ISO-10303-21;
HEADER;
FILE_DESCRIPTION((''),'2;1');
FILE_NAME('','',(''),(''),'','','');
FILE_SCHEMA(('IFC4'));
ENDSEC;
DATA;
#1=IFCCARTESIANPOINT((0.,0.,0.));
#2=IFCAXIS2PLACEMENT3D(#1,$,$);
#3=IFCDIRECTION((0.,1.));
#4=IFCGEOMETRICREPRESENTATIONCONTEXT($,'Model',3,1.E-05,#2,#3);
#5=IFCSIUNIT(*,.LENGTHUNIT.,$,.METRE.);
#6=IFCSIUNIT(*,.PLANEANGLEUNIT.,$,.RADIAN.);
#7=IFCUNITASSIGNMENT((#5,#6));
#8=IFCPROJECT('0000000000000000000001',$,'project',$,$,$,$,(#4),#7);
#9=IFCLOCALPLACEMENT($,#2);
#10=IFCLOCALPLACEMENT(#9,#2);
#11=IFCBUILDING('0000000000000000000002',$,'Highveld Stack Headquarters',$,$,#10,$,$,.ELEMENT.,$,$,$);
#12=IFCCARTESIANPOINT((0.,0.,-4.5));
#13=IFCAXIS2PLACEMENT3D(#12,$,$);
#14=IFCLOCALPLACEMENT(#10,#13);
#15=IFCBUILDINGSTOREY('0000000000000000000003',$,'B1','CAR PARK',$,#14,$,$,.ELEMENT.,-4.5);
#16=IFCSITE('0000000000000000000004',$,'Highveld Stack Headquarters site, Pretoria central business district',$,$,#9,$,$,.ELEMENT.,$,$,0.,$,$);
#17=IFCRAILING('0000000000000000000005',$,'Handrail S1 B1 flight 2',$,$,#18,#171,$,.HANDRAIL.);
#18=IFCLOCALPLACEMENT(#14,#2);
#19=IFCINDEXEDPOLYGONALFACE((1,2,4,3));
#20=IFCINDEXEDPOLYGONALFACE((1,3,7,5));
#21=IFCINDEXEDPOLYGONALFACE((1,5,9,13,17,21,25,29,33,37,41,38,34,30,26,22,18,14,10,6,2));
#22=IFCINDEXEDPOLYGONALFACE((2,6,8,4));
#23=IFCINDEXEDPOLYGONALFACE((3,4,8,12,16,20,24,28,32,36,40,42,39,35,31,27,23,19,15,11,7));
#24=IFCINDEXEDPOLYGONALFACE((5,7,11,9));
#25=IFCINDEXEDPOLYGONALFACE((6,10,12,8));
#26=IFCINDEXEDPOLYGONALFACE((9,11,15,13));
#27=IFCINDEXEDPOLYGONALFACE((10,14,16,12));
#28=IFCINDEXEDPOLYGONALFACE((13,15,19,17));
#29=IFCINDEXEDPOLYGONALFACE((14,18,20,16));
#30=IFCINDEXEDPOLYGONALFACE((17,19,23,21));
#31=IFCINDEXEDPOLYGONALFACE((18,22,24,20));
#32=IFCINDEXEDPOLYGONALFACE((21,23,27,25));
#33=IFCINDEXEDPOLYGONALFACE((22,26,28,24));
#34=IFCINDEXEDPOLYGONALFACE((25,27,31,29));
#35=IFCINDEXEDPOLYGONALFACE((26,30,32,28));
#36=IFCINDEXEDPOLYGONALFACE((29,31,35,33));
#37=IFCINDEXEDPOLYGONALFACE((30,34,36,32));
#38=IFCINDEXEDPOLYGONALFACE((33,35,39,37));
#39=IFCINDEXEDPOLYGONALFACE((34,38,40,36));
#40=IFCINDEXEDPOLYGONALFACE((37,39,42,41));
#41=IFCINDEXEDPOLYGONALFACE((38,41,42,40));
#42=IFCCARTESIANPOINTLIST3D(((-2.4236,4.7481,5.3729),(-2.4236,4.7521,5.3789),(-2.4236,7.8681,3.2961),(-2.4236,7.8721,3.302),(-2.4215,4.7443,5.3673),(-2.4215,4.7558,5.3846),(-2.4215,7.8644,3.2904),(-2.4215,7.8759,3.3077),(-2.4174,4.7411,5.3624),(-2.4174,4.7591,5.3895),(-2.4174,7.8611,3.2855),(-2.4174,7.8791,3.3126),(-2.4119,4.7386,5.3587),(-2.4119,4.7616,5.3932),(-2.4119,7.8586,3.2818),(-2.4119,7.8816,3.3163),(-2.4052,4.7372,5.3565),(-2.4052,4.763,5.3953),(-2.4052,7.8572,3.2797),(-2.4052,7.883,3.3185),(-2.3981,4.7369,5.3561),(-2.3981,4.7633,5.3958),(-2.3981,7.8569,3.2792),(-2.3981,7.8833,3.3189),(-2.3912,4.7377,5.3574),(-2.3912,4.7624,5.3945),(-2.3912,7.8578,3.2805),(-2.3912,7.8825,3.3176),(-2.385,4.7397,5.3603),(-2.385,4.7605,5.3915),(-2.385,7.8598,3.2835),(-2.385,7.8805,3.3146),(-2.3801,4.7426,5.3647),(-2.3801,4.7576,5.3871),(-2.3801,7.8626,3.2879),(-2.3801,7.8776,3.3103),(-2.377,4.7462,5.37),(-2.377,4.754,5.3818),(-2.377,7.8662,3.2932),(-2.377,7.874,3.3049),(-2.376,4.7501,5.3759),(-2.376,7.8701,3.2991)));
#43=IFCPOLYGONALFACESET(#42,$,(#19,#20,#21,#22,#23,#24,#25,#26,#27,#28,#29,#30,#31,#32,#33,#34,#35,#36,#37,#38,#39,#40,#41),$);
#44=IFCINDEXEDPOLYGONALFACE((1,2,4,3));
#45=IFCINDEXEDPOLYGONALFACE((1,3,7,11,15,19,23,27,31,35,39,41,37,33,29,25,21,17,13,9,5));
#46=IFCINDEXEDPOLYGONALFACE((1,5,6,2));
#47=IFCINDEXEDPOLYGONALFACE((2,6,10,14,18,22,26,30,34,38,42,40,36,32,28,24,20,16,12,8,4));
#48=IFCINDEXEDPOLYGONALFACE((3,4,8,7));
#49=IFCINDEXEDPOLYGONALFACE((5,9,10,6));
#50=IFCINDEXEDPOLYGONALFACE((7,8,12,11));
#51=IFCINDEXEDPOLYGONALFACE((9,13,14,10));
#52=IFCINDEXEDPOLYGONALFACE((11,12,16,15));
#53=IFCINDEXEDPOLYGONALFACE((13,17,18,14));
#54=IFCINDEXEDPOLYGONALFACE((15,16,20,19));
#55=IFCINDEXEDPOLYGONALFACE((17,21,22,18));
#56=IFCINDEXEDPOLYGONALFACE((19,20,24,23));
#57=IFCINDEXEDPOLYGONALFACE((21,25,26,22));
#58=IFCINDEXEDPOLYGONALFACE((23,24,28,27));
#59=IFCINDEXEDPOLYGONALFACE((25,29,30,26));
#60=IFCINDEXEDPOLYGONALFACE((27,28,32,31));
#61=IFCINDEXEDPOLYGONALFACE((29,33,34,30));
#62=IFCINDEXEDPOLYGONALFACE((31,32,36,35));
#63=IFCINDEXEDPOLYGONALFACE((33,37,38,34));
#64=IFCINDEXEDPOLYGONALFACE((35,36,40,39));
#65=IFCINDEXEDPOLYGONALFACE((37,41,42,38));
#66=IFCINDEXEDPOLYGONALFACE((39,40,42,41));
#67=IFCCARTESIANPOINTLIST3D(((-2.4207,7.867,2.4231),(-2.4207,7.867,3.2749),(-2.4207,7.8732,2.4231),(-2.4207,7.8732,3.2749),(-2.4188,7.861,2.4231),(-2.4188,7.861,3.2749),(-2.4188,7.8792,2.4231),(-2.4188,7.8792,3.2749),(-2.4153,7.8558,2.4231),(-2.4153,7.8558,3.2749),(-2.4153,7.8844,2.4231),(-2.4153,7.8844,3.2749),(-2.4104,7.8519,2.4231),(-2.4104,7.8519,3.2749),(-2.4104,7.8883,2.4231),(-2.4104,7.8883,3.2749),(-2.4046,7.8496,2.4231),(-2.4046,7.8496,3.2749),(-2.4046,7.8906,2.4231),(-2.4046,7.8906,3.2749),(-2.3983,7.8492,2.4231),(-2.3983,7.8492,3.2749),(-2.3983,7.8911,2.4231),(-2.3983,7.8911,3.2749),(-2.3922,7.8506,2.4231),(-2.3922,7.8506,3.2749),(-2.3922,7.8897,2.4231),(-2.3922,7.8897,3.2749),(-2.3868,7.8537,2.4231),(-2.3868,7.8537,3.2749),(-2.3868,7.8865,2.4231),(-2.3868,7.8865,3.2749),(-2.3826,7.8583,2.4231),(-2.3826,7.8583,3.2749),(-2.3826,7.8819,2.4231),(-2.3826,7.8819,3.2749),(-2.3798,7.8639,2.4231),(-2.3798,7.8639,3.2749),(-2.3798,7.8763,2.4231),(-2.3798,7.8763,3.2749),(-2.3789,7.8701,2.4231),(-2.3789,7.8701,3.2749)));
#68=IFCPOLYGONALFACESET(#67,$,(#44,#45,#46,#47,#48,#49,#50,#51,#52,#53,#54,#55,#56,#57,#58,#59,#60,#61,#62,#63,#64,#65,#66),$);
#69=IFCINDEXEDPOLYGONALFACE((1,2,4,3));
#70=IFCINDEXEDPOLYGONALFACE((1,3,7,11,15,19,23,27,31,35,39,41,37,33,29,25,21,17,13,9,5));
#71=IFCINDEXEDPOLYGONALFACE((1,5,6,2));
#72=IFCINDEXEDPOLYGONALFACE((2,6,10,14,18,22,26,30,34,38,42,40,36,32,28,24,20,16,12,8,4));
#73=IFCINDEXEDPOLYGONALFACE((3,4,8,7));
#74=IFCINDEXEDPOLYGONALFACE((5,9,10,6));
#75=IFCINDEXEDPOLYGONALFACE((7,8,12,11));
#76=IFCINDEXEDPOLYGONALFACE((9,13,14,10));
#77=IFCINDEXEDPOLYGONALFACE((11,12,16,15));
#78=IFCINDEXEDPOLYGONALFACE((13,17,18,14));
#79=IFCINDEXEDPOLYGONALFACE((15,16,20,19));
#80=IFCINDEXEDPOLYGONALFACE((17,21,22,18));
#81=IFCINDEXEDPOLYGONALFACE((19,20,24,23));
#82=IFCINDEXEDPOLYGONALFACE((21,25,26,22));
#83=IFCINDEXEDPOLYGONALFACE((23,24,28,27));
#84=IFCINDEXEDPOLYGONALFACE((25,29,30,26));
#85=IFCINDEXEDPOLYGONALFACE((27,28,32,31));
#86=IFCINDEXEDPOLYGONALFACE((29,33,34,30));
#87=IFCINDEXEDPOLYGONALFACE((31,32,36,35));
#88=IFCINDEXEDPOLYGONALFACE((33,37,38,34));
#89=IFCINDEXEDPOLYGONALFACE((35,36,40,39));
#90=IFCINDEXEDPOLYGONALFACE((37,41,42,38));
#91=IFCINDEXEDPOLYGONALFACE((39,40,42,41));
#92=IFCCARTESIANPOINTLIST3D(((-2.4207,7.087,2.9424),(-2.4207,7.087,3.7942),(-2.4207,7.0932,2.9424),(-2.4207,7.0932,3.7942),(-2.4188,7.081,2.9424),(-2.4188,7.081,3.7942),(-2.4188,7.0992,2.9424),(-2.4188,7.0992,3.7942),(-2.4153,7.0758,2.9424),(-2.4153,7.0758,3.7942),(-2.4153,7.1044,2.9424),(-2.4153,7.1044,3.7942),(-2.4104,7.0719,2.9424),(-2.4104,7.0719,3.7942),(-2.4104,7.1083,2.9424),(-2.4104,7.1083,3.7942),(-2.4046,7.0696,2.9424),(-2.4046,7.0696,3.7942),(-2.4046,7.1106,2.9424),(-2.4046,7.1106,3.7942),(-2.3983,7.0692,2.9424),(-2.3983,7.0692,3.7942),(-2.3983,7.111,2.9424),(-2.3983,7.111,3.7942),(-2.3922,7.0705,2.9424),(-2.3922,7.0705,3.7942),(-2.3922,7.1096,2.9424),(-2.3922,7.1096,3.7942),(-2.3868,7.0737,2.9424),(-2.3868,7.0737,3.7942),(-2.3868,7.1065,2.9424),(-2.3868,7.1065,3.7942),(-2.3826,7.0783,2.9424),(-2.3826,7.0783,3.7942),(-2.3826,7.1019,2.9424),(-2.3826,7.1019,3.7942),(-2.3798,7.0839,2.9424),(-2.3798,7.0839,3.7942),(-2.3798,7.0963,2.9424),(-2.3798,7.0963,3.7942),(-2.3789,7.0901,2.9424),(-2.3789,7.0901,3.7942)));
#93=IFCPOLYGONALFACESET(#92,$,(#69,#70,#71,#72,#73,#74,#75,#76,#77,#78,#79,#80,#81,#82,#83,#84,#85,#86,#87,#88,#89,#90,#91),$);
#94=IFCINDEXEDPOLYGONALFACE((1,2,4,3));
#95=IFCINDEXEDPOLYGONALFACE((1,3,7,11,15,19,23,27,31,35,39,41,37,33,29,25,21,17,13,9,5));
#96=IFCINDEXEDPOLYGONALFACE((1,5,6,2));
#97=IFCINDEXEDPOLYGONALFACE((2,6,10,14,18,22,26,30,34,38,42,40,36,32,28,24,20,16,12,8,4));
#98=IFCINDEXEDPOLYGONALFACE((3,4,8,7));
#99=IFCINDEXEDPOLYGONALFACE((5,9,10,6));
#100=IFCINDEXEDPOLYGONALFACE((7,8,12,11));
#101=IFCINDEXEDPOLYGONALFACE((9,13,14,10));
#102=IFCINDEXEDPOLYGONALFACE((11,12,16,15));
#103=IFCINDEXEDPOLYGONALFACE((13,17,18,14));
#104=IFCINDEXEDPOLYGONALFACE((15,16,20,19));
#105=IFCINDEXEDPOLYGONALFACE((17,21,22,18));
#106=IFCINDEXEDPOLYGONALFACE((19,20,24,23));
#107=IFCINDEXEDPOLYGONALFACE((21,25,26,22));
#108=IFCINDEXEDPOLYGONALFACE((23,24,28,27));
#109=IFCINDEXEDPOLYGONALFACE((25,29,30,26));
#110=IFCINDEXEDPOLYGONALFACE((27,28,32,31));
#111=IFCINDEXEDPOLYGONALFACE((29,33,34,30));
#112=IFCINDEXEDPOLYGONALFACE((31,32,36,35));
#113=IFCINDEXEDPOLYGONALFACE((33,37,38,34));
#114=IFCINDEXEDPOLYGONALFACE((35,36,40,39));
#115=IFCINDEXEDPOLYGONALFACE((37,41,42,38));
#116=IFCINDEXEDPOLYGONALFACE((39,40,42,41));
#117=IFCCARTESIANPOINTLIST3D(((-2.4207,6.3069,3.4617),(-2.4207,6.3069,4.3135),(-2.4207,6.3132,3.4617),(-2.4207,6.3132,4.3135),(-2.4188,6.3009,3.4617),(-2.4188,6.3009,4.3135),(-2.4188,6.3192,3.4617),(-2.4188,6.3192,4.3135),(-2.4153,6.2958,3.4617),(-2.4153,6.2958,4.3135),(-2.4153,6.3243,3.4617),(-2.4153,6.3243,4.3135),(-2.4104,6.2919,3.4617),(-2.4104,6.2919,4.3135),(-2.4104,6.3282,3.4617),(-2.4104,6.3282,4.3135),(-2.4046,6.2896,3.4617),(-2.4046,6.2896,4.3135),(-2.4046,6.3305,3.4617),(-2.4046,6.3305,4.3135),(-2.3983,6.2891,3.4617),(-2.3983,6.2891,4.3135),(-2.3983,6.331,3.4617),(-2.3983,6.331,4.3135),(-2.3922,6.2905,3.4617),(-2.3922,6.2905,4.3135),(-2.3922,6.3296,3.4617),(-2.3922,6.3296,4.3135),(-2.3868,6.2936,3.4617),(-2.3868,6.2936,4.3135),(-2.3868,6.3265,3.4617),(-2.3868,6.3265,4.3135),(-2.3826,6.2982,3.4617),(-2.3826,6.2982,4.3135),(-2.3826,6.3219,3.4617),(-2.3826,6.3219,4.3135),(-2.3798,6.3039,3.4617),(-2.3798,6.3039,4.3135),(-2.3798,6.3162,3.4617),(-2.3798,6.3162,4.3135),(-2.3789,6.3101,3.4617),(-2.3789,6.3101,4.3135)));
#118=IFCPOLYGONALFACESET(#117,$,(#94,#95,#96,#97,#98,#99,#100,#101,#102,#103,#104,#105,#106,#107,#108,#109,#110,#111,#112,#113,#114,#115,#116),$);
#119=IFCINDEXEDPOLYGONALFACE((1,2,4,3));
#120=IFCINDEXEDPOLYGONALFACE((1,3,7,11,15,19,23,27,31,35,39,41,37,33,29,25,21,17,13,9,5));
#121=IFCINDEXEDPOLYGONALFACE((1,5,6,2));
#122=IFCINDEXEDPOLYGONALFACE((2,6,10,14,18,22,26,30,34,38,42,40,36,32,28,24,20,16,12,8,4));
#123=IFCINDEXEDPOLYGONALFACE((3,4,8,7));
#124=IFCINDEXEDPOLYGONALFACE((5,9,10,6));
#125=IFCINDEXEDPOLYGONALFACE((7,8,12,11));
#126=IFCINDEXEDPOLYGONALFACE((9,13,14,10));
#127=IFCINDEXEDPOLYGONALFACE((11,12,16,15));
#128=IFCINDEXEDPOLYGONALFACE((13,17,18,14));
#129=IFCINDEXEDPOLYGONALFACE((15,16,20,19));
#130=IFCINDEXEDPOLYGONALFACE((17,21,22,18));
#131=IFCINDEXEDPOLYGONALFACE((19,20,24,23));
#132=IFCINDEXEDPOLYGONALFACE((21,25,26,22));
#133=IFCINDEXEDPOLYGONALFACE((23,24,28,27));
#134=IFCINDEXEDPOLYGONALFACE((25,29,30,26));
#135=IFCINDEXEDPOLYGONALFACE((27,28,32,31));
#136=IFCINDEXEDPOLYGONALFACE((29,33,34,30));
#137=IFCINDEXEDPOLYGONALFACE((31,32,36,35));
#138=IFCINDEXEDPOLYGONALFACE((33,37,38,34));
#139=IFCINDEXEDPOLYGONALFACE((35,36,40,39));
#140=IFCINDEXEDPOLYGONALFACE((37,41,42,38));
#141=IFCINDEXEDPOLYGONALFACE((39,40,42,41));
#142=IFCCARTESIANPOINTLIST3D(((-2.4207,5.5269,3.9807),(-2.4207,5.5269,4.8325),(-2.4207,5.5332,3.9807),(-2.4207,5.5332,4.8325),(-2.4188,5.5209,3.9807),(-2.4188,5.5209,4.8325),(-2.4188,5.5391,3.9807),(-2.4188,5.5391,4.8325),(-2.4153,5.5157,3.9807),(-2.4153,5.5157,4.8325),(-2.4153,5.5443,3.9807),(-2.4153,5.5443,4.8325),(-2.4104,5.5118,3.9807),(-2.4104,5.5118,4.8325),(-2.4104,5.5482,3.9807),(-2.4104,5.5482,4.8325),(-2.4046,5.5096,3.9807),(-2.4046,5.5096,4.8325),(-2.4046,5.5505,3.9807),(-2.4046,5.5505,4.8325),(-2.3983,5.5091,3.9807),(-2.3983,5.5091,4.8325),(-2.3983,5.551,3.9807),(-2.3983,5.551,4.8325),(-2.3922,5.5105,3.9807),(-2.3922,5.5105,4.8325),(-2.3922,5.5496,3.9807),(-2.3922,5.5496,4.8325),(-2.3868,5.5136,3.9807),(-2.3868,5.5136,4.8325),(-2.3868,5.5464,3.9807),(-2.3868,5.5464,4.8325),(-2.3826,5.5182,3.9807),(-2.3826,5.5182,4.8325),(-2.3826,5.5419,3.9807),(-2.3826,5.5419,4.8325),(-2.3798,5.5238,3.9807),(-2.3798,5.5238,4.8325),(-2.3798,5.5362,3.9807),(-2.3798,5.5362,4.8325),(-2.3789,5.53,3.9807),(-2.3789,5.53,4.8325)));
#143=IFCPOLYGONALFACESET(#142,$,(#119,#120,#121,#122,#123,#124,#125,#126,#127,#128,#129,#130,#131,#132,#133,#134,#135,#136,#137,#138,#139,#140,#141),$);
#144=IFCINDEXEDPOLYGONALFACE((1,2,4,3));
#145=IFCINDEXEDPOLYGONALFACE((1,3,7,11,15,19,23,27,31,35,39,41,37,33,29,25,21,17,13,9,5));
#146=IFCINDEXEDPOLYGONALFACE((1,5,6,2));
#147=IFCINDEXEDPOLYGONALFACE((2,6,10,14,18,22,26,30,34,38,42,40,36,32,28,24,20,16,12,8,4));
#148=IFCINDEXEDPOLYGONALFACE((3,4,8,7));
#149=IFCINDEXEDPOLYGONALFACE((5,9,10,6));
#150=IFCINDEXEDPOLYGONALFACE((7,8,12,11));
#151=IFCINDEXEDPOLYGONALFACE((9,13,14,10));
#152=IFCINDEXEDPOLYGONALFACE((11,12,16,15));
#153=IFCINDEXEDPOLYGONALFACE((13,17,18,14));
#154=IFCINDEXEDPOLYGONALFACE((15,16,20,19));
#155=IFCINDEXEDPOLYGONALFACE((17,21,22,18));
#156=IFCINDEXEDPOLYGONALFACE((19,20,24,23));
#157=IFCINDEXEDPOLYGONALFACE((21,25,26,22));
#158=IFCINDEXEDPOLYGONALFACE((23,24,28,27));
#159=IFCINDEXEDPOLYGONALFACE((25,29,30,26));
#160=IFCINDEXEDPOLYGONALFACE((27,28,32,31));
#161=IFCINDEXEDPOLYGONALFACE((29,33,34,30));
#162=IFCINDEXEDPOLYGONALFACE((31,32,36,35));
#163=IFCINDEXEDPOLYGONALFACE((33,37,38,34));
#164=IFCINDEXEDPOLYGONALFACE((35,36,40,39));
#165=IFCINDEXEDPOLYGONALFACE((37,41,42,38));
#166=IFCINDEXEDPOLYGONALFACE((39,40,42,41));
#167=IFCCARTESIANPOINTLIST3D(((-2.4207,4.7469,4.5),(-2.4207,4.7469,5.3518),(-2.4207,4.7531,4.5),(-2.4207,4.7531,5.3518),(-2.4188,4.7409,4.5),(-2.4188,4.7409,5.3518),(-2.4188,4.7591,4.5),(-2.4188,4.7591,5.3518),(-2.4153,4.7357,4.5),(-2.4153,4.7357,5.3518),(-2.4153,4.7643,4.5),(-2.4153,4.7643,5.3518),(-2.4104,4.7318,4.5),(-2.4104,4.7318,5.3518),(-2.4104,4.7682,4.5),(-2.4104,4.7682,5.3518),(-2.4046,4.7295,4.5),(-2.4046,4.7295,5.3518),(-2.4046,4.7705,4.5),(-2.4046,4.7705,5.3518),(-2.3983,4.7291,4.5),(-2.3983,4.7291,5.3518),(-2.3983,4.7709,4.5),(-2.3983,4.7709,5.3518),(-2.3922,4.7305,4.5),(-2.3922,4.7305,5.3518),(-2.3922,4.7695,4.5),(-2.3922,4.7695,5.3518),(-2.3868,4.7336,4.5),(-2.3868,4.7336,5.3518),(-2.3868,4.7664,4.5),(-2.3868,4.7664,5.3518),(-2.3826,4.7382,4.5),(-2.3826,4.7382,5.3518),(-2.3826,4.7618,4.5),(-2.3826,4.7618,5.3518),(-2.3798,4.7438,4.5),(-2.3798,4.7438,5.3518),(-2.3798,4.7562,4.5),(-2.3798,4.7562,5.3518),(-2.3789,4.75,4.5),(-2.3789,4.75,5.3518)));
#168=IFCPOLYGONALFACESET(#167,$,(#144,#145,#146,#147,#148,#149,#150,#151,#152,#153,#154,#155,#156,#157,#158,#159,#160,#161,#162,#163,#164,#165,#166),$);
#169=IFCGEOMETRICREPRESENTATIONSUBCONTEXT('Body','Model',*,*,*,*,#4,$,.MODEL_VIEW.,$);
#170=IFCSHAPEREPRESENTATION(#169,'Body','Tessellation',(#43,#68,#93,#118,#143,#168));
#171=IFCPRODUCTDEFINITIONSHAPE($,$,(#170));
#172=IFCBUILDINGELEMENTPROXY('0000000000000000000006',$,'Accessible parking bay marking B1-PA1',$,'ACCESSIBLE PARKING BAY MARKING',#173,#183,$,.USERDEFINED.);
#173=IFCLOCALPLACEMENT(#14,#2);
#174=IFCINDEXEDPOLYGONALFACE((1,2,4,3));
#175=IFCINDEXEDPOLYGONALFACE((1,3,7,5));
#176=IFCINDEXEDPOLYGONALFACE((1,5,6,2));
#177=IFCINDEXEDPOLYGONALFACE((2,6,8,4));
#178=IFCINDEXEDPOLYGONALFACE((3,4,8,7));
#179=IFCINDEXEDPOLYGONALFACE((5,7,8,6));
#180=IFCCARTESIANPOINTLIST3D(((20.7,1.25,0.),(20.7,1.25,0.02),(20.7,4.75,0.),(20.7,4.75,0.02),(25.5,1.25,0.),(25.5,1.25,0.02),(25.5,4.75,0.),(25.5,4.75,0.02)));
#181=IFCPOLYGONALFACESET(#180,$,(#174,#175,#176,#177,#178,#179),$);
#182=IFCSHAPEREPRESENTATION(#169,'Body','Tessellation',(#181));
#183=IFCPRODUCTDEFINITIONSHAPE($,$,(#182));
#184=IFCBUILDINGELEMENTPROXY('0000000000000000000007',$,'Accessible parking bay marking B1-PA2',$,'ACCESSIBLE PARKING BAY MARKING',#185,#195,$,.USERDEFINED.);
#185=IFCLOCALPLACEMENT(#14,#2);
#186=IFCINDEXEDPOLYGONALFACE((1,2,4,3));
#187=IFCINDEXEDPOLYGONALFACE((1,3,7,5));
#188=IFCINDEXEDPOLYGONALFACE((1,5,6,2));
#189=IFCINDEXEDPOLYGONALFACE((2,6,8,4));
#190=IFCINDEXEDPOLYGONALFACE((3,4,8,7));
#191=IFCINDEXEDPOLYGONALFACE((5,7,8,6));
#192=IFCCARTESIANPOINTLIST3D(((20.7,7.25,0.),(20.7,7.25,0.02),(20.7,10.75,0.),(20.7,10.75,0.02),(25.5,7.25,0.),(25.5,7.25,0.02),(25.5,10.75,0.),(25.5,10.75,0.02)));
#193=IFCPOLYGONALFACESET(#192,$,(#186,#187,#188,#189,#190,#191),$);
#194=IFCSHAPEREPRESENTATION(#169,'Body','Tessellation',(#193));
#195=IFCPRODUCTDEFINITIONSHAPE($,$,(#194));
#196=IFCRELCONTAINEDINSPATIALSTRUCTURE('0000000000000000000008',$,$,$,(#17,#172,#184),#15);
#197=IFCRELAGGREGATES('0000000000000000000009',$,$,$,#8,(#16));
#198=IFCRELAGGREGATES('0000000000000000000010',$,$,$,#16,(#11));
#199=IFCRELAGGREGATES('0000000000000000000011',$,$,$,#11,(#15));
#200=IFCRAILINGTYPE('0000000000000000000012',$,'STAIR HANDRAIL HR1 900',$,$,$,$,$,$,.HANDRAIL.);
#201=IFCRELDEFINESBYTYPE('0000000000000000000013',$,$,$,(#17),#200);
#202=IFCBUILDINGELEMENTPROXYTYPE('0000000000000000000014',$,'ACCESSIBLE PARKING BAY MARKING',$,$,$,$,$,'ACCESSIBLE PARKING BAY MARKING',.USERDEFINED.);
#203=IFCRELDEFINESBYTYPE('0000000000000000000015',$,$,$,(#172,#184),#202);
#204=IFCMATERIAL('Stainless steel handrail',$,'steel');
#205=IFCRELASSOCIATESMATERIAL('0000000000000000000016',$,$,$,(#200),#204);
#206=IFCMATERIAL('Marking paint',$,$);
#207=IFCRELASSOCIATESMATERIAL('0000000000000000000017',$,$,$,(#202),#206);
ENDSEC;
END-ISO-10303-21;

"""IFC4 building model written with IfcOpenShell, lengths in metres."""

from ifc_helpers import new_model, si_unit, direction, frame, origin, origin_2d, place, context, subcontext, project, spatial, polyline, circle, outline, extrude, material, type_object, element, save


model = new_model("IFC4")

# Units and contexts
model_context = context("Model", 3, precision=1e-05, world=origin(), true_north=direction((0.0, 1.0)))
body_context = subcontext(model_context, "Body", "Model", "MODEL_VIEW")
ifc_project = project(units=[si_unit("LENGTHUNIT", "METRE"), si_unit("PLANEANGLEUNIT", "RADIAN")], contexts=[model_context])

# Site, building, storey
site_placement = place(None, origin())
site = spatial("IfcSite", under=ifc_project, at=site_placement, Name="Highveld Stack Headquarters site, Pretoria central business district", CompositionType="ELEMENT", RefElevation=0.0)
building_placement = place(site_placement, origin())
building = spatial("IfcBuilding", under=site, at=building_placement, Name="Highveld Stack Headquarters", CompositionType="ELEMENT")
storey_placement = place(building_placement, frame((0.0, 0.0, -4.5)))
storey = spatial("IfcBuildingStorey", under=building, at=storey_placement, Name="B1", Description="CAR PARK", CompositionType="ELEMENT", Elevation=-4.5)

# Railing
ifc_material_1 = material(Name="Stainless steel handrail", Category="steel")
railing_type = type_object("IfcRailingType", Name="STAIR HANDRAIL HR1 900", PredefinedType="HANDRAIL", material=ifc_material_1)
for number, where, name in (
    (1, (-2.3999, 7.8701, 2.4231), "Handrail S1 B1 flight 2"),
):
    element("IfcRailing", number, at=place(storey_placement, frame(where)), inside=storey, type_object=railing_type, Name=name, PredefinedType="HANDRAIL", context=body_context, shape_type="SweptSolid", body=[
        extrude(circle(Radius=0.0239, at=origin_2d()), frame((0.0, 0.0, 0.876), z_axis=(0.0, -0.832441, 0.554114), x_axis=(1.0, 0.0, 0.0)), (0.0, 0.0, 1.0), 3.748),
        extrude(circle(Radius=0.021, at=origin_2d()), origin(), (0.0, 0.0, 1.0), 0.8518),
        extrude(circle(Radius=0.021, at=origin_2d()), frame((0.0, -0.78, 0.5193)), (0.0, 0.0, 1.0), 0.8518),
        extrude(circle(Radius=0.021, at=origin_2d()), frame((0.0, -1.5601, 1.0386)), (0.0, 0.0, 1.0), 0.8518),
        extrude(circle(Radius=0.021, at=origin_2d()), frame((0.0, -2.3401, 1.5576)), (0.0, 0.0, 1.0), 0.8518),
        extrude(circle(Radius=0.021, at=origin_2d()), frame((0.0, -3.1201, 2.0769)), (0.0, 0.0, 1.0), 0.8518),
    ])

# Building element proxies
ifc_material_2 = material(Name="Marking paint")
building_element_proxy_type = type_object("IfcBuildingElementProxyType", Name="ACCESSIBLE PARKING BAY MARKING", ElementType="ACCESSIBLE PARKING BAY MARKING", PredefinedType="USERDEFINED", material=ifc_material_2)
proxy_1_placement = place(storey_placement, origin())
element("IfcBuildingElementProxy", 2, at=proxy_1_placement, inside=storey, type_object=building_element_proxy_type, Name="Accessible parking bay marking B1-PA1", ObjectType="ACCESSIBLE PARKING BAY MARKING", PredefinedType="USERDEFINED", context=body_context, shape_type="SweptSolid", body=[
    extrude(outline(polyline([(25.5, 1.25), (25.5, 4.75), (20.7, 4.75), (20.7, 1.25), (25.5, 1.25)])), origin(), (0.0, 0.0, 1.0), 0.02),
])
proxy_2_placement = place(storey_placement, origin())
element("IfcBuildingElementProxy", 3, at=proxy_2_placement, inside=storey, type_object=building_element_proxy_type, Name="Accessible parking bay marking B1-PA2", ObjectType="ACCESSIBLE PARKING BAY MARKING", PredefinedType="USERDEFINED", context=body_context, shape_type="SweptSolid", body=[
    extrude(outline(polyline([(25.5, 7.25), (25.5, 10.75), (20.7, 10.75), (20.7, 7.25), (25.5, 7.25)])), origin(), (0.0, 0.0, 1.0), 0.02),
])

save(model, "model.ifc")
